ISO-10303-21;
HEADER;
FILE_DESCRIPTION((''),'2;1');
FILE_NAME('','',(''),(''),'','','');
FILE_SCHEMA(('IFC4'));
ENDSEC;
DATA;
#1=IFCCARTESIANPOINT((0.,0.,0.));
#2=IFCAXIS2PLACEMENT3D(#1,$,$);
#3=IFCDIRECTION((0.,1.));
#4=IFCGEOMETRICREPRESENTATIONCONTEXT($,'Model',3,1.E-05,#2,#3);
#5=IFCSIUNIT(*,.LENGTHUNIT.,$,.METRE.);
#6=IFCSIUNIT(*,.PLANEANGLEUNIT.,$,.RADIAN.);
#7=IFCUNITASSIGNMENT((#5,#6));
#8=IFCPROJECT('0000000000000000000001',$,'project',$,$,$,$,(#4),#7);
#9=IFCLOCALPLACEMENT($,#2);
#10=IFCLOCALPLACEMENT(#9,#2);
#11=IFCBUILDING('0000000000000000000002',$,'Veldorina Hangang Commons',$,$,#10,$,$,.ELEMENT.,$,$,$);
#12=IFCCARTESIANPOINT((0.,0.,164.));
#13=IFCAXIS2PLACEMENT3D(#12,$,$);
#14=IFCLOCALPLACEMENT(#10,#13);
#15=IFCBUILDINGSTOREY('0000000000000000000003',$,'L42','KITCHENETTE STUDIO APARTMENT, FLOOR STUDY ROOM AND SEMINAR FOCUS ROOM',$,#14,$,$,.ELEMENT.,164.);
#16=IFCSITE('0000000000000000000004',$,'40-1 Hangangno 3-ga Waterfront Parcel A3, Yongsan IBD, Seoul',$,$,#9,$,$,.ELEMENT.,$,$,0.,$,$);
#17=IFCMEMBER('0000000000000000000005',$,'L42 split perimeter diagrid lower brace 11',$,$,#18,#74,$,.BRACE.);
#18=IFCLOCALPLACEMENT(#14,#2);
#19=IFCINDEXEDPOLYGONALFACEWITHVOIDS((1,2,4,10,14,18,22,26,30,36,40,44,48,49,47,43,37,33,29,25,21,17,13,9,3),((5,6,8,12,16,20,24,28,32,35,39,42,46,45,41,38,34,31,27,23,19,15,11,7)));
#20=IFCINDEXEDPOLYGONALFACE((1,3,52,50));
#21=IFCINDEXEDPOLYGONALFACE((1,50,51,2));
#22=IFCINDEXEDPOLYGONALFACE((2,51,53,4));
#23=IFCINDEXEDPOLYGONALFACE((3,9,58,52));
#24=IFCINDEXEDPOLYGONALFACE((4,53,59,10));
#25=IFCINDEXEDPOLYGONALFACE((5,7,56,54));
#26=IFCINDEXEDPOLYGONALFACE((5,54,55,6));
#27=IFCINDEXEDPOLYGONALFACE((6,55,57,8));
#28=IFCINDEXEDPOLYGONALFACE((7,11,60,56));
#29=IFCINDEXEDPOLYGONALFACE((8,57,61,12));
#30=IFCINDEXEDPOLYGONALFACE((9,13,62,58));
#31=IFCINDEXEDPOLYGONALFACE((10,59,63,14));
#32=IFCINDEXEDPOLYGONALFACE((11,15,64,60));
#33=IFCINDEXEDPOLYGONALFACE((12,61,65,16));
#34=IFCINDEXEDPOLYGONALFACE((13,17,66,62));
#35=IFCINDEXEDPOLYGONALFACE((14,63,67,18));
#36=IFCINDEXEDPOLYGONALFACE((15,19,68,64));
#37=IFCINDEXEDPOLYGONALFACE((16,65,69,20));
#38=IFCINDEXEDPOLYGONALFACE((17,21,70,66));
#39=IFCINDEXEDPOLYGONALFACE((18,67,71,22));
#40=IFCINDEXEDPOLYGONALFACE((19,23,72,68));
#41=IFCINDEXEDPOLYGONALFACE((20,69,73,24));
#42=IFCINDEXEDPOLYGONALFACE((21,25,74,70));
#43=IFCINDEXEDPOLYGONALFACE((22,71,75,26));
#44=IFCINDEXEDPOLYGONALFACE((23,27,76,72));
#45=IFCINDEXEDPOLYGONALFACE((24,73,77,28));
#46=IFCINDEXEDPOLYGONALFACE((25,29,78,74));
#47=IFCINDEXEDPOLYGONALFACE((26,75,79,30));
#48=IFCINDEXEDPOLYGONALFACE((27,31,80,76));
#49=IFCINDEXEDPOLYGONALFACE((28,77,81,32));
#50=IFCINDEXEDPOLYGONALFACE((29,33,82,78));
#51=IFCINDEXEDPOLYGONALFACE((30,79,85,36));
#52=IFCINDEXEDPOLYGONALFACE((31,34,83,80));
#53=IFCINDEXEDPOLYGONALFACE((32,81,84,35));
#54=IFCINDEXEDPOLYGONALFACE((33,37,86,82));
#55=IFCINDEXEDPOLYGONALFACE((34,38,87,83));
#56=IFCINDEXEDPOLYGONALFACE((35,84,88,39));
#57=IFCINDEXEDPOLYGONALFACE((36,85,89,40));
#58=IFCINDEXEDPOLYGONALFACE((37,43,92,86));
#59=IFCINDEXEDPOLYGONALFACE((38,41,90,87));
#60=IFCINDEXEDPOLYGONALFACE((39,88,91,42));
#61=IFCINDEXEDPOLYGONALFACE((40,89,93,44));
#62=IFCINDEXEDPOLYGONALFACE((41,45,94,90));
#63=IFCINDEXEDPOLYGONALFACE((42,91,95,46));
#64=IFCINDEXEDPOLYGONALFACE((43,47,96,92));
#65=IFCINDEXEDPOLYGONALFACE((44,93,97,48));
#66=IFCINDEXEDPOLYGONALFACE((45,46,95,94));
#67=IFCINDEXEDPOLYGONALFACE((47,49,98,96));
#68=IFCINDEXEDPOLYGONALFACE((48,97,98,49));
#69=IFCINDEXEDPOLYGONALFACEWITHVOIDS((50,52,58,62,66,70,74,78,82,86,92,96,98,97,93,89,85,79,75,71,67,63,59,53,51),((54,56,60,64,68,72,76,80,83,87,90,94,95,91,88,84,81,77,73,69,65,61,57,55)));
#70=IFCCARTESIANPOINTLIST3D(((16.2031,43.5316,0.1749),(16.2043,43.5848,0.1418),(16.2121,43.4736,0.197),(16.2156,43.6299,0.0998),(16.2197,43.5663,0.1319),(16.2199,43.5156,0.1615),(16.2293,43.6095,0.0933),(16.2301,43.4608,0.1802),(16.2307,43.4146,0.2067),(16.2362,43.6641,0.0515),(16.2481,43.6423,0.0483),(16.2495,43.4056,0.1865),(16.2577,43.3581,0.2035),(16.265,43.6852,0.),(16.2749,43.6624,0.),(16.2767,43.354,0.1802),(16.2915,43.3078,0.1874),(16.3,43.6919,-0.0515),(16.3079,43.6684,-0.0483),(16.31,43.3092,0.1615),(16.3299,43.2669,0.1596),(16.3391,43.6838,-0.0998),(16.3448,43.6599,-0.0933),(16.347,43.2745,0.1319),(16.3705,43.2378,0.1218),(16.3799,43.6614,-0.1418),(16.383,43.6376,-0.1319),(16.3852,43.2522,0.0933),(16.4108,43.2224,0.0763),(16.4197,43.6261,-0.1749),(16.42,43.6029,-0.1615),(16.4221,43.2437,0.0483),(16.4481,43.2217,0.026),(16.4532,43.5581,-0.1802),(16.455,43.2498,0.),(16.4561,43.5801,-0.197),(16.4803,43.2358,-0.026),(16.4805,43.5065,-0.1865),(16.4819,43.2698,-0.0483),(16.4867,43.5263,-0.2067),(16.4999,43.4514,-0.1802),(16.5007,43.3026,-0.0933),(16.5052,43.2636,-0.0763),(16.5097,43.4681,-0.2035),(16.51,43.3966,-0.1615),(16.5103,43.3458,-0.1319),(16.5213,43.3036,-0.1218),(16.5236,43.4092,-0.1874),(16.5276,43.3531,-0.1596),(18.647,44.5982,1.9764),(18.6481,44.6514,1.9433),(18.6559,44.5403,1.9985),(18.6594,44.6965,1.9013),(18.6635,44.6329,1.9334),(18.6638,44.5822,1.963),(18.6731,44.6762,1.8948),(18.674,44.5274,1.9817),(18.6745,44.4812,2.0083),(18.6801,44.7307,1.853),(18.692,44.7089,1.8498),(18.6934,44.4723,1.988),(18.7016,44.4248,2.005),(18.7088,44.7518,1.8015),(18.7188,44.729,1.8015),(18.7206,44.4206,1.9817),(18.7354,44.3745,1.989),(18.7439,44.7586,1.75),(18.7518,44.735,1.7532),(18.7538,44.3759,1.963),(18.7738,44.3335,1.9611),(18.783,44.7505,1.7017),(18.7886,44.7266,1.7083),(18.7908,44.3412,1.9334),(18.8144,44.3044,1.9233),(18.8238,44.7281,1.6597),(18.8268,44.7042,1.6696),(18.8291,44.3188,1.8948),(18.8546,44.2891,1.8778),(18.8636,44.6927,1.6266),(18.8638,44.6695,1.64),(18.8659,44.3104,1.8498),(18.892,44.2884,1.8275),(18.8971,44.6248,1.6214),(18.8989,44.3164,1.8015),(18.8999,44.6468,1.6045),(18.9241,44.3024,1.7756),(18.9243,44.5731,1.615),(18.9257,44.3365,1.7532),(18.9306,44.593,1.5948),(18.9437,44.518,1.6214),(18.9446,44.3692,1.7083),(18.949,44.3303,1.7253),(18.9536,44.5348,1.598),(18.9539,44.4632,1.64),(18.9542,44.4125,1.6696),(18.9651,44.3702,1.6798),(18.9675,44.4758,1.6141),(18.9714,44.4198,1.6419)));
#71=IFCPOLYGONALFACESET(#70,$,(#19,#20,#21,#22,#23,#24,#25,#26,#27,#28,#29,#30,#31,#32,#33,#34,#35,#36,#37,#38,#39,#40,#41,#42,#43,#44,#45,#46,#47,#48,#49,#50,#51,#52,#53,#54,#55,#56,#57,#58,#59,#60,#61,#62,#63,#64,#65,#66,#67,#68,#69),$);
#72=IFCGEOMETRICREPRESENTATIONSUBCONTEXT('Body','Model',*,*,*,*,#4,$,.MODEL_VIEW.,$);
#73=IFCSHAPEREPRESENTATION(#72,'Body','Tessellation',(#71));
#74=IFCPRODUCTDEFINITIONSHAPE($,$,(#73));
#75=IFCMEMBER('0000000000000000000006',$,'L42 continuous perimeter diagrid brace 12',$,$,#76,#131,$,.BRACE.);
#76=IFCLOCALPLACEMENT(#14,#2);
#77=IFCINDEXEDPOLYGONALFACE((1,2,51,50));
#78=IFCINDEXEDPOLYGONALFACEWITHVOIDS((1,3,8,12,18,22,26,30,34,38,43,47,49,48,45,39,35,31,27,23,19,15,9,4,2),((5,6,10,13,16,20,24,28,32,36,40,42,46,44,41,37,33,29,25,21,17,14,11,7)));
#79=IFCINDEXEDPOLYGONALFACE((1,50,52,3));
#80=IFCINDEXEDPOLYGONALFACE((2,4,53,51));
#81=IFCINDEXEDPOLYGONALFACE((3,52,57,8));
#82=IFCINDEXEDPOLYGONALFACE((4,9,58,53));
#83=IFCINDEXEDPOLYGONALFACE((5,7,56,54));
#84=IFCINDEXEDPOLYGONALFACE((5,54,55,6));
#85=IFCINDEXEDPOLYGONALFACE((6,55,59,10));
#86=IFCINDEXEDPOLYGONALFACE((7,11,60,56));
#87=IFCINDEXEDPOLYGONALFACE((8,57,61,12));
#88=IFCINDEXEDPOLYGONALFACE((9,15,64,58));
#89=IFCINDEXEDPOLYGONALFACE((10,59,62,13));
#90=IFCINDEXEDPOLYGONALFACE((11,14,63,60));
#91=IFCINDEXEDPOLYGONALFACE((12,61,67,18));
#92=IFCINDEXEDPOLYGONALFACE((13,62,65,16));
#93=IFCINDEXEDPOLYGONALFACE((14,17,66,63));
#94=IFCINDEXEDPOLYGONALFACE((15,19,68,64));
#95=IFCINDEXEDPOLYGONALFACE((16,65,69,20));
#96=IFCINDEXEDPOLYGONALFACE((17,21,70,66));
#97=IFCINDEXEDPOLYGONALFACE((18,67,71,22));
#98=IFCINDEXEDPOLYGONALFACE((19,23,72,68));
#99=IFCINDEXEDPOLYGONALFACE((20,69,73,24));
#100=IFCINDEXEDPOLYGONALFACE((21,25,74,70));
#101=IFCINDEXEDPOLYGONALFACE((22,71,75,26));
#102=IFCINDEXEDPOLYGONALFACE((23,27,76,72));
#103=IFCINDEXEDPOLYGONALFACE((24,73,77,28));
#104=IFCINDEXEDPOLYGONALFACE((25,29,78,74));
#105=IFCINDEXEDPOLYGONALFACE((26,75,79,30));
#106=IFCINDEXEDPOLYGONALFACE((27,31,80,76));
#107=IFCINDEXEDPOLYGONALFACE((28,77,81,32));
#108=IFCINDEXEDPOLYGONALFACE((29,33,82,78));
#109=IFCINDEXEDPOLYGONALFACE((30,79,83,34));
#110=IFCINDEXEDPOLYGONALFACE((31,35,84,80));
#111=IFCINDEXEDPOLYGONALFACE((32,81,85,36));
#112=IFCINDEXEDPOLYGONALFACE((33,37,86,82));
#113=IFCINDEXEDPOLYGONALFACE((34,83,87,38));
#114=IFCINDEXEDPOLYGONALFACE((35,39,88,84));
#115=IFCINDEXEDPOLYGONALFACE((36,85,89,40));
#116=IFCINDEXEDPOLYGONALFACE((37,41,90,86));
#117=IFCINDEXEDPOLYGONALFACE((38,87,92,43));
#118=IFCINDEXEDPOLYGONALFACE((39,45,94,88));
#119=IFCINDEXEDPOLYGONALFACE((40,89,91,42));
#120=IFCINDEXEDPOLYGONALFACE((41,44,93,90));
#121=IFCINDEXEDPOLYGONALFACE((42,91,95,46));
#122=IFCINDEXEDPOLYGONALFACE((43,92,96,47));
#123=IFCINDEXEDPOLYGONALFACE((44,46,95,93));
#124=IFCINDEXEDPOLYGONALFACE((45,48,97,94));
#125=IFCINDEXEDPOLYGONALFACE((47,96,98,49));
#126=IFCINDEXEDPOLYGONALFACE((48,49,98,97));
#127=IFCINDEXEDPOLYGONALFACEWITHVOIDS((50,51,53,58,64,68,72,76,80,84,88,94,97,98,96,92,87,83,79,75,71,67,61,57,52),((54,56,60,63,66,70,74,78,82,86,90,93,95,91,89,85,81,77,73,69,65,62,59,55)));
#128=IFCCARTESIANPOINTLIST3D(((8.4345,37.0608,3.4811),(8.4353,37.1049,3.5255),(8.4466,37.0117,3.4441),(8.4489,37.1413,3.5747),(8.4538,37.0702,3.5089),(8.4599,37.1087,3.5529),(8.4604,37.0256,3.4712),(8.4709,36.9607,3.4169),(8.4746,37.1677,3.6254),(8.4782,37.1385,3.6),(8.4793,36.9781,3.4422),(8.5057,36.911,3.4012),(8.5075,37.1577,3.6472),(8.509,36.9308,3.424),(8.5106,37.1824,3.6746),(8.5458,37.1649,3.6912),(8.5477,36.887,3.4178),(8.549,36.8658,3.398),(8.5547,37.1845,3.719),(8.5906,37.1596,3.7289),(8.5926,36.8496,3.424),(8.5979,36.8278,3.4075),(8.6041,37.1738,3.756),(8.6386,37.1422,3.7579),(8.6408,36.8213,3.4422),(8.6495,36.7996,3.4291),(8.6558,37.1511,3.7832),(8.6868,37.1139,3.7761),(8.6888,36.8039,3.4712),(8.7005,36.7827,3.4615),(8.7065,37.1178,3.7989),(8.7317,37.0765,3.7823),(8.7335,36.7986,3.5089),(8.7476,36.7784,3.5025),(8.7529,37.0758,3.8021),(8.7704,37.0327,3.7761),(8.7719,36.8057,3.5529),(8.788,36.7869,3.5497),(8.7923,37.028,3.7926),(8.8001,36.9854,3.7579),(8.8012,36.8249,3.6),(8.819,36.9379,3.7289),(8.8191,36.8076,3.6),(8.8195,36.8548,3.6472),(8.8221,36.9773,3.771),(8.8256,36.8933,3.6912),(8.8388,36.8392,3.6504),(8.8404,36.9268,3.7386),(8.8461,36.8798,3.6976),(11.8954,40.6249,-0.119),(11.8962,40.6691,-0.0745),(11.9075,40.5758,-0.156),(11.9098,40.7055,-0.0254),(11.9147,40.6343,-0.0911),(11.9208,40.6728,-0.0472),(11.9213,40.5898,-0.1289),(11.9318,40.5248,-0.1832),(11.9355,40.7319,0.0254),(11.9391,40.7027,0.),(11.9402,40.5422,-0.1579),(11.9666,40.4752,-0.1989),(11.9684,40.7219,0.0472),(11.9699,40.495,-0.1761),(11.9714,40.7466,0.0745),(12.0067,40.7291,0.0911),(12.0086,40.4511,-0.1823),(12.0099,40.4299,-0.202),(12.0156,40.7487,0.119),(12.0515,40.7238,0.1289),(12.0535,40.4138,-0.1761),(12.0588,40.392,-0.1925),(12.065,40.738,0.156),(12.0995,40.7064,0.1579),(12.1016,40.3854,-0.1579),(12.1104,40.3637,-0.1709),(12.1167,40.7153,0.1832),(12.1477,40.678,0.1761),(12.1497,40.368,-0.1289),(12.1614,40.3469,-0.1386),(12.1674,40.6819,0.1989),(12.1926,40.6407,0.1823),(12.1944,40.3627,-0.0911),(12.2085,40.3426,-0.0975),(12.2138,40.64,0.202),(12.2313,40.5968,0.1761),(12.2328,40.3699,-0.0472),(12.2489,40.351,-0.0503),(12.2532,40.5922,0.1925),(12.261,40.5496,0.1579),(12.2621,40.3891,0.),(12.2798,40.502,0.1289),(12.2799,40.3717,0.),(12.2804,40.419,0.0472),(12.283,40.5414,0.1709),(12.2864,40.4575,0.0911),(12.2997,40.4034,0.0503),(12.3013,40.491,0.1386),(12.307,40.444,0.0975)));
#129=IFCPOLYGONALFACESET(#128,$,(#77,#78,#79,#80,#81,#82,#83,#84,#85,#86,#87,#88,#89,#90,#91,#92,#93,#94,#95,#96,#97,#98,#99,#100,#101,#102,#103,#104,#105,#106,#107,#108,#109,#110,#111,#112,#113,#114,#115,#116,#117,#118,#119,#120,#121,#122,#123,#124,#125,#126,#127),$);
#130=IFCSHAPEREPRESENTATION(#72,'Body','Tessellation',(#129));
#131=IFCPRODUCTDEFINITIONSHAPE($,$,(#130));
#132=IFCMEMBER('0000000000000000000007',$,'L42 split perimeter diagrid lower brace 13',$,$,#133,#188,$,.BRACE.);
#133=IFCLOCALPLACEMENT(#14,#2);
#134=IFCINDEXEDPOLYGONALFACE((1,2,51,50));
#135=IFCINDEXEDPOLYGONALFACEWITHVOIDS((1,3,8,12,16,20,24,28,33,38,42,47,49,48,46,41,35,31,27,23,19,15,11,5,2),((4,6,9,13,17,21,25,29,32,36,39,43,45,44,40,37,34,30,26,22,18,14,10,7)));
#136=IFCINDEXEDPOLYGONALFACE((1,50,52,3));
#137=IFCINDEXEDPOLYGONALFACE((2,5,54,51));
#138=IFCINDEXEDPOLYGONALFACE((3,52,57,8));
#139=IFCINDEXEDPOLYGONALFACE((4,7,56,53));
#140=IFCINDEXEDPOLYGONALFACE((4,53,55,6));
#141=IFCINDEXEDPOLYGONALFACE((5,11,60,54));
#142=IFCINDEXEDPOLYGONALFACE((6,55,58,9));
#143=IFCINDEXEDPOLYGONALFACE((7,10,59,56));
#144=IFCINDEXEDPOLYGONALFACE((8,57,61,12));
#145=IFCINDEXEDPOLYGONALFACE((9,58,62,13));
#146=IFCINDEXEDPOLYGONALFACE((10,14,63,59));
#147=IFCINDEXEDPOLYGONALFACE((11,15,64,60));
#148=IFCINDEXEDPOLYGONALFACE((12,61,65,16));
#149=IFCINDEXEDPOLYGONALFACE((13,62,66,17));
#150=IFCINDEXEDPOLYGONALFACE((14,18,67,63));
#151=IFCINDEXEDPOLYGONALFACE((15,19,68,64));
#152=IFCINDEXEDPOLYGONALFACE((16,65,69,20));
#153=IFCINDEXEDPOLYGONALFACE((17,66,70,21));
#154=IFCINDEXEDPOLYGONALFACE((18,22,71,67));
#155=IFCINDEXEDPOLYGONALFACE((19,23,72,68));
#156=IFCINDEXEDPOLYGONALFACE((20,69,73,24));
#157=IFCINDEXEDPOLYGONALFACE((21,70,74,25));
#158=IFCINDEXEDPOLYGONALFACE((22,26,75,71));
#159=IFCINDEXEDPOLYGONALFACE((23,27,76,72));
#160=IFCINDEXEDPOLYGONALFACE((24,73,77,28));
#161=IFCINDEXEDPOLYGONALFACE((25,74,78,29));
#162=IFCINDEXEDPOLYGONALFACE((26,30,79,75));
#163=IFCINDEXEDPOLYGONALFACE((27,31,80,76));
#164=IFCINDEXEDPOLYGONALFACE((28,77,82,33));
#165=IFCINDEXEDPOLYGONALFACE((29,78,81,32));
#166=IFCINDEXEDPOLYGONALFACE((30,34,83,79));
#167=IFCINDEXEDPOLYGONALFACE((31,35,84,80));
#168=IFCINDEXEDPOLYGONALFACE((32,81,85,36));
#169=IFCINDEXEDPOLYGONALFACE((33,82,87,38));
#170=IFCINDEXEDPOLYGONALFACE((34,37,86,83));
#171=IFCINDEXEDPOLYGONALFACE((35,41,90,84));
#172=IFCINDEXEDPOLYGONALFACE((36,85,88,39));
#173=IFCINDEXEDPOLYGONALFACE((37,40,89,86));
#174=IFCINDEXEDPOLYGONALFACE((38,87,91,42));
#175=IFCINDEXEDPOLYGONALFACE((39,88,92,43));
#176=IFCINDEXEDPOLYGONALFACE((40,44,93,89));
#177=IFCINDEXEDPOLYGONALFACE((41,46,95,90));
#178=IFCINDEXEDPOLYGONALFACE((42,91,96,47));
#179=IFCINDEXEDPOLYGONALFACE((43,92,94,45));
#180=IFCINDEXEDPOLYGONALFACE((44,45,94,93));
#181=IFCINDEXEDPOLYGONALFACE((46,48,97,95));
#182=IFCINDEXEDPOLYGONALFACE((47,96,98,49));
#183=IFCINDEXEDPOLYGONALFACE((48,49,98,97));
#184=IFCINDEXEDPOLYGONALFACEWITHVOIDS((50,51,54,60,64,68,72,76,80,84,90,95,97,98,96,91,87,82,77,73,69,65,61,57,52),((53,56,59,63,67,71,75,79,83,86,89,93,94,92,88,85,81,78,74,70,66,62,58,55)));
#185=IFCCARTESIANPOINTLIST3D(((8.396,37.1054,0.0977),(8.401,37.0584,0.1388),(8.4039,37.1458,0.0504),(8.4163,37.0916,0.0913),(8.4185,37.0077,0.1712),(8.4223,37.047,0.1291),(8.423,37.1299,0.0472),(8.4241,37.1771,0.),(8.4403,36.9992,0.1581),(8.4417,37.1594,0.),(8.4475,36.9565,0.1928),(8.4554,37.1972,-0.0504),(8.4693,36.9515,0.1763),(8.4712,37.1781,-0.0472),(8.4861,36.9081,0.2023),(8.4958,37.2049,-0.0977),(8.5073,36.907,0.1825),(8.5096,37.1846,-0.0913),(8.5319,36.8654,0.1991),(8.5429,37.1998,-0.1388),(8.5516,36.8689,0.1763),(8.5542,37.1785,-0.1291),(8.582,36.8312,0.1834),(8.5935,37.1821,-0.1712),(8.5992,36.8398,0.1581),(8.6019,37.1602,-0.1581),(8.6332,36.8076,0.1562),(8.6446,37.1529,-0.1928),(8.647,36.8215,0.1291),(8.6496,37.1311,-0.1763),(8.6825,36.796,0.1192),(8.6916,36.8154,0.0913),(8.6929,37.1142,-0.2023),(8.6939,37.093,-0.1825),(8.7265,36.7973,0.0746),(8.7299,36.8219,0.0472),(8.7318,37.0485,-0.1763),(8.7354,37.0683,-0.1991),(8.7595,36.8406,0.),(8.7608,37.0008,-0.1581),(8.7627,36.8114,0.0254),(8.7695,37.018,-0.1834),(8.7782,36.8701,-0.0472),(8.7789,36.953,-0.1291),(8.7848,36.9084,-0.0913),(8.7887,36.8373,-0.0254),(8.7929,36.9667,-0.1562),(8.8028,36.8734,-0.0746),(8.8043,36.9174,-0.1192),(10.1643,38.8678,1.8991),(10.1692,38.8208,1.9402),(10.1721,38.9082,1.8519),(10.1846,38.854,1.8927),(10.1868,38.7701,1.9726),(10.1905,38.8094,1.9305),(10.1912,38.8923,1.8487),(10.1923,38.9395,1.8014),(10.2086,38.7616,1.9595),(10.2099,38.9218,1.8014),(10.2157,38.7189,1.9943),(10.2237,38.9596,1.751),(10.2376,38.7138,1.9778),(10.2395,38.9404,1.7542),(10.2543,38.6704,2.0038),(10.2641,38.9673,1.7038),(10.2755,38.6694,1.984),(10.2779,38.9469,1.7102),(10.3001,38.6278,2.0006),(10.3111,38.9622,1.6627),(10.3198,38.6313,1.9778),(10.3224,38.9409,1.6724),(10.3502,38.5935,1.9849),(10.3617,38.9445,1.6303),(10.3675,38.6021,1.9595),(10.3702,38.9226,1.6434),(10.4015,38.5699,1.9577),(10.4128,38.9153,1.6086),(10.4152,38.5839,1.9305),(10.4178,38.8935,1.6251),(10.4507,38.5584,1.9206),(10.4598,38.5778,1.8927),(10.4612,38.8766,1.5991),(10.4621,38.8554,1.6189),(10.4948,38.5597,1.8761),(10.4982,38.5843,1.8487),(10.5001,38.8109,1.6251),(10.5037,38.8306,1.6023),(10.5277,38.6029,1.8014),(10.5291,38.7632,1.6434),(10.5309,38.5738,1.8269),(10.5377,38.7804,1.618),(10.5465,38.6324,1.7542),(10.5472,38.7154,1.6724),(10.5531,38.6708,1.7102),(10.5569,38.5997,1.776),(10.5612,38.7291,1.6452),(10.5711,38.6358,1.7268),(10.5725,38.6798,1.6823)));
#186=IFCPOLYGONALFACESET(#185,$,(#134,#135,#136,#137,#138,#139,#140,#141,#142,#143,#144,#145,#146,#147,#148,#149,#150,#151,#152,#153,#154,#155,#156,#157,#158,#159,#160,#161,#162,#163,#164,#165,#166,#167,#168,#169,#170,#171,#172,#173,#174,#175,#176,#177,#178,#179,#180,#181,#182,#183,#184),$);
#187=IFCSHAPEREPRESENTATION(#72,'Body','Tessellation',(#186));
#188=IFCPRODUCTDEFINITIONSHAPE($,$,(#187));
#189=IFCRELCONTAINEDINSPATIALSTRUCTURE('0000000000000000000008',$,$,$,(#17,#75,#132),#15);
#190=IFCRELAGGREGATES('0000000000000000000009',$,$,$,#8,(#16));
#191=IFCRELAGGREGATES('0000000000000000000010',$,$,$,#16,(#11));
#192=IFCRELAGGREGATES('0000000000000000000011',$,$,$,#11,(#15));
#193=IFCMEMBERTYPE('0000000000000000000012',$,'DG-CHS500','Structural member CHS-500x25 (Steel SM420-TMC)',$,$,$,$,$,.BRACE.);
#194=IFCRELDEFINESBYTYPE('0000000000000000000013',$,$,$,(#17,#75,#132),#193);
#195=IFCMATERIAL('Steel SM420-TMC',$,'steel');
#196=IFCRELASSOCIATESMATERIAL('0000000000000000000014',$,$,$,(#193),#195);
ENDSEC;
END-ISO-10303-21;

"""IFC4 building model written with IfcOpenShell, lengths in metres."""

from ifc_helpers import new_model, si_unit, direction, frame, origin, origin_2d, place, context, subcontext, project, spatial, hollow_circle, extrude, material, material_profile, profile_set, type_object, element, save


model = new_model("IFC4")

# Units and contexts
model_context = context("Model", 3, precision=1e-05, world=origin(), true_north=direction((0.0, 1.0)))
body_context = subcontext(model_context, "Body", "Model", "MODEL_VIEW")
ifc_project = project(units=[si_unit("LENGTHUNIT", "METRE"), si_unit("PLANEANGLEUNIT", "RADIAN")], contexts=[model_context])

# Site, building, storey
site_placement = place(None, origin())
site = spatial("IfcSite", under=ifc_project, at=site_placement, Name="40-1 Hangangno 3-ga Waterfront Parcel A3, Yongsan IBD, Seoul", CompositionType="ELEMENT", RefElevation=0.0)
building_placement = place(site_placement, origin())
building = spatial("IfcBuilding", under=site, at=building_placement, Name="Veldorina Hangang Commons", CompositionType="ELEMENT")
storey_placement = place(building_placement, frame((0.0, 0.0, 164.0)))
storey = spatial("IfcBuildingStorey", under=building, at=storey_placement, Name="L42", Description="KITCHENETTE STUDIO APARTMENT, FLOOR STUDY ROOM AND SEMINAR FOCUS ROOM", CompositionType="ELEMENT", Elevation=164.0)

# Shared definitions
ifc_material_1 = material(Name="Steel SM420-TMC", Category="steel")

# Members
ifc_material_profile_1 = material_profile(ifc_material_1, hollow_circle(Radius=0.25, WallThickness=0.0249, at=origin_2d()), Name="CHS-500x25")
ifc_profile_set_1 = profile_set([ifc_material_profile_1], Name="Steel SM420-TMC")
member_type = type_object("IfcMemberType", Name="DG-CHS500", Description="Structural member CHS-500x25 (Steel SM420-TMC)", PredefinedType="BRACE", material=ifc_profile_set_1)
member_1_placement = place(storey_placement, frame((16.365, 43.4561, 0.0), z_axis=(0.759428, 0.331463, 0.559822), x_axis=(-0.400021, 0.916506, 0.0)))
element("IfcMember", 1, at=member_1_placement, inside=storey, type_object=member_type, Name="L42 split perimeter diagrid lower brace 11", PredefinedType="BRACE", context=body_context, shape_type="SweptSolid", body=[
    extrude(hollow_circle(Radius=0.25, WallThickness=0.0249, at=origin_2d()), origin(), (0.0, 0.0, 1.0), 3.218),
])
member_2_placement = place(storey_placement, frame((12.1006, 40.5459, 0.0), z_axis=(-0.564099, -0.580931, 0.586781), x_axis=(0.717424, -0.696637, 0.0)))
element("IfcMember", 2, at=member_2_placement, inside=storey, type_object=member_type, Name="L42 continuous perimeter diagrid brace 12", PredefinedType="BRACE", context=body_context, shape_type="SweptSolid", body=[
    extrude(hollow_circle(Radius=0.25, WallThickness=0.0249, at=origin_2d()), origin(), (0.0, 0.0, 1.0), 6.1353),
])
member_3_placement = place(storey_placement, frame((8.6006, 37.0, 0.0), z_axis=(0.574363, 0.57246, 0.585147), x_axis=(-0.705932, 0.708279, 0.0)))
element("IfcMember", 3, at=member_3_placement, inside=storey, type_object=member_type, Name="L42 split perimeter diagrid lower brace 13", PredefinedType="BRACE", context=body_context, shape_type="SweptSolid", body=[
    extrude(hollow_circle(Radius=0.25, WallThickness=0.0249, at=origin_2d()), origin(), (0.0, 0.0, 1.0), 3.0786),
])

save(model, "model.ifc")
